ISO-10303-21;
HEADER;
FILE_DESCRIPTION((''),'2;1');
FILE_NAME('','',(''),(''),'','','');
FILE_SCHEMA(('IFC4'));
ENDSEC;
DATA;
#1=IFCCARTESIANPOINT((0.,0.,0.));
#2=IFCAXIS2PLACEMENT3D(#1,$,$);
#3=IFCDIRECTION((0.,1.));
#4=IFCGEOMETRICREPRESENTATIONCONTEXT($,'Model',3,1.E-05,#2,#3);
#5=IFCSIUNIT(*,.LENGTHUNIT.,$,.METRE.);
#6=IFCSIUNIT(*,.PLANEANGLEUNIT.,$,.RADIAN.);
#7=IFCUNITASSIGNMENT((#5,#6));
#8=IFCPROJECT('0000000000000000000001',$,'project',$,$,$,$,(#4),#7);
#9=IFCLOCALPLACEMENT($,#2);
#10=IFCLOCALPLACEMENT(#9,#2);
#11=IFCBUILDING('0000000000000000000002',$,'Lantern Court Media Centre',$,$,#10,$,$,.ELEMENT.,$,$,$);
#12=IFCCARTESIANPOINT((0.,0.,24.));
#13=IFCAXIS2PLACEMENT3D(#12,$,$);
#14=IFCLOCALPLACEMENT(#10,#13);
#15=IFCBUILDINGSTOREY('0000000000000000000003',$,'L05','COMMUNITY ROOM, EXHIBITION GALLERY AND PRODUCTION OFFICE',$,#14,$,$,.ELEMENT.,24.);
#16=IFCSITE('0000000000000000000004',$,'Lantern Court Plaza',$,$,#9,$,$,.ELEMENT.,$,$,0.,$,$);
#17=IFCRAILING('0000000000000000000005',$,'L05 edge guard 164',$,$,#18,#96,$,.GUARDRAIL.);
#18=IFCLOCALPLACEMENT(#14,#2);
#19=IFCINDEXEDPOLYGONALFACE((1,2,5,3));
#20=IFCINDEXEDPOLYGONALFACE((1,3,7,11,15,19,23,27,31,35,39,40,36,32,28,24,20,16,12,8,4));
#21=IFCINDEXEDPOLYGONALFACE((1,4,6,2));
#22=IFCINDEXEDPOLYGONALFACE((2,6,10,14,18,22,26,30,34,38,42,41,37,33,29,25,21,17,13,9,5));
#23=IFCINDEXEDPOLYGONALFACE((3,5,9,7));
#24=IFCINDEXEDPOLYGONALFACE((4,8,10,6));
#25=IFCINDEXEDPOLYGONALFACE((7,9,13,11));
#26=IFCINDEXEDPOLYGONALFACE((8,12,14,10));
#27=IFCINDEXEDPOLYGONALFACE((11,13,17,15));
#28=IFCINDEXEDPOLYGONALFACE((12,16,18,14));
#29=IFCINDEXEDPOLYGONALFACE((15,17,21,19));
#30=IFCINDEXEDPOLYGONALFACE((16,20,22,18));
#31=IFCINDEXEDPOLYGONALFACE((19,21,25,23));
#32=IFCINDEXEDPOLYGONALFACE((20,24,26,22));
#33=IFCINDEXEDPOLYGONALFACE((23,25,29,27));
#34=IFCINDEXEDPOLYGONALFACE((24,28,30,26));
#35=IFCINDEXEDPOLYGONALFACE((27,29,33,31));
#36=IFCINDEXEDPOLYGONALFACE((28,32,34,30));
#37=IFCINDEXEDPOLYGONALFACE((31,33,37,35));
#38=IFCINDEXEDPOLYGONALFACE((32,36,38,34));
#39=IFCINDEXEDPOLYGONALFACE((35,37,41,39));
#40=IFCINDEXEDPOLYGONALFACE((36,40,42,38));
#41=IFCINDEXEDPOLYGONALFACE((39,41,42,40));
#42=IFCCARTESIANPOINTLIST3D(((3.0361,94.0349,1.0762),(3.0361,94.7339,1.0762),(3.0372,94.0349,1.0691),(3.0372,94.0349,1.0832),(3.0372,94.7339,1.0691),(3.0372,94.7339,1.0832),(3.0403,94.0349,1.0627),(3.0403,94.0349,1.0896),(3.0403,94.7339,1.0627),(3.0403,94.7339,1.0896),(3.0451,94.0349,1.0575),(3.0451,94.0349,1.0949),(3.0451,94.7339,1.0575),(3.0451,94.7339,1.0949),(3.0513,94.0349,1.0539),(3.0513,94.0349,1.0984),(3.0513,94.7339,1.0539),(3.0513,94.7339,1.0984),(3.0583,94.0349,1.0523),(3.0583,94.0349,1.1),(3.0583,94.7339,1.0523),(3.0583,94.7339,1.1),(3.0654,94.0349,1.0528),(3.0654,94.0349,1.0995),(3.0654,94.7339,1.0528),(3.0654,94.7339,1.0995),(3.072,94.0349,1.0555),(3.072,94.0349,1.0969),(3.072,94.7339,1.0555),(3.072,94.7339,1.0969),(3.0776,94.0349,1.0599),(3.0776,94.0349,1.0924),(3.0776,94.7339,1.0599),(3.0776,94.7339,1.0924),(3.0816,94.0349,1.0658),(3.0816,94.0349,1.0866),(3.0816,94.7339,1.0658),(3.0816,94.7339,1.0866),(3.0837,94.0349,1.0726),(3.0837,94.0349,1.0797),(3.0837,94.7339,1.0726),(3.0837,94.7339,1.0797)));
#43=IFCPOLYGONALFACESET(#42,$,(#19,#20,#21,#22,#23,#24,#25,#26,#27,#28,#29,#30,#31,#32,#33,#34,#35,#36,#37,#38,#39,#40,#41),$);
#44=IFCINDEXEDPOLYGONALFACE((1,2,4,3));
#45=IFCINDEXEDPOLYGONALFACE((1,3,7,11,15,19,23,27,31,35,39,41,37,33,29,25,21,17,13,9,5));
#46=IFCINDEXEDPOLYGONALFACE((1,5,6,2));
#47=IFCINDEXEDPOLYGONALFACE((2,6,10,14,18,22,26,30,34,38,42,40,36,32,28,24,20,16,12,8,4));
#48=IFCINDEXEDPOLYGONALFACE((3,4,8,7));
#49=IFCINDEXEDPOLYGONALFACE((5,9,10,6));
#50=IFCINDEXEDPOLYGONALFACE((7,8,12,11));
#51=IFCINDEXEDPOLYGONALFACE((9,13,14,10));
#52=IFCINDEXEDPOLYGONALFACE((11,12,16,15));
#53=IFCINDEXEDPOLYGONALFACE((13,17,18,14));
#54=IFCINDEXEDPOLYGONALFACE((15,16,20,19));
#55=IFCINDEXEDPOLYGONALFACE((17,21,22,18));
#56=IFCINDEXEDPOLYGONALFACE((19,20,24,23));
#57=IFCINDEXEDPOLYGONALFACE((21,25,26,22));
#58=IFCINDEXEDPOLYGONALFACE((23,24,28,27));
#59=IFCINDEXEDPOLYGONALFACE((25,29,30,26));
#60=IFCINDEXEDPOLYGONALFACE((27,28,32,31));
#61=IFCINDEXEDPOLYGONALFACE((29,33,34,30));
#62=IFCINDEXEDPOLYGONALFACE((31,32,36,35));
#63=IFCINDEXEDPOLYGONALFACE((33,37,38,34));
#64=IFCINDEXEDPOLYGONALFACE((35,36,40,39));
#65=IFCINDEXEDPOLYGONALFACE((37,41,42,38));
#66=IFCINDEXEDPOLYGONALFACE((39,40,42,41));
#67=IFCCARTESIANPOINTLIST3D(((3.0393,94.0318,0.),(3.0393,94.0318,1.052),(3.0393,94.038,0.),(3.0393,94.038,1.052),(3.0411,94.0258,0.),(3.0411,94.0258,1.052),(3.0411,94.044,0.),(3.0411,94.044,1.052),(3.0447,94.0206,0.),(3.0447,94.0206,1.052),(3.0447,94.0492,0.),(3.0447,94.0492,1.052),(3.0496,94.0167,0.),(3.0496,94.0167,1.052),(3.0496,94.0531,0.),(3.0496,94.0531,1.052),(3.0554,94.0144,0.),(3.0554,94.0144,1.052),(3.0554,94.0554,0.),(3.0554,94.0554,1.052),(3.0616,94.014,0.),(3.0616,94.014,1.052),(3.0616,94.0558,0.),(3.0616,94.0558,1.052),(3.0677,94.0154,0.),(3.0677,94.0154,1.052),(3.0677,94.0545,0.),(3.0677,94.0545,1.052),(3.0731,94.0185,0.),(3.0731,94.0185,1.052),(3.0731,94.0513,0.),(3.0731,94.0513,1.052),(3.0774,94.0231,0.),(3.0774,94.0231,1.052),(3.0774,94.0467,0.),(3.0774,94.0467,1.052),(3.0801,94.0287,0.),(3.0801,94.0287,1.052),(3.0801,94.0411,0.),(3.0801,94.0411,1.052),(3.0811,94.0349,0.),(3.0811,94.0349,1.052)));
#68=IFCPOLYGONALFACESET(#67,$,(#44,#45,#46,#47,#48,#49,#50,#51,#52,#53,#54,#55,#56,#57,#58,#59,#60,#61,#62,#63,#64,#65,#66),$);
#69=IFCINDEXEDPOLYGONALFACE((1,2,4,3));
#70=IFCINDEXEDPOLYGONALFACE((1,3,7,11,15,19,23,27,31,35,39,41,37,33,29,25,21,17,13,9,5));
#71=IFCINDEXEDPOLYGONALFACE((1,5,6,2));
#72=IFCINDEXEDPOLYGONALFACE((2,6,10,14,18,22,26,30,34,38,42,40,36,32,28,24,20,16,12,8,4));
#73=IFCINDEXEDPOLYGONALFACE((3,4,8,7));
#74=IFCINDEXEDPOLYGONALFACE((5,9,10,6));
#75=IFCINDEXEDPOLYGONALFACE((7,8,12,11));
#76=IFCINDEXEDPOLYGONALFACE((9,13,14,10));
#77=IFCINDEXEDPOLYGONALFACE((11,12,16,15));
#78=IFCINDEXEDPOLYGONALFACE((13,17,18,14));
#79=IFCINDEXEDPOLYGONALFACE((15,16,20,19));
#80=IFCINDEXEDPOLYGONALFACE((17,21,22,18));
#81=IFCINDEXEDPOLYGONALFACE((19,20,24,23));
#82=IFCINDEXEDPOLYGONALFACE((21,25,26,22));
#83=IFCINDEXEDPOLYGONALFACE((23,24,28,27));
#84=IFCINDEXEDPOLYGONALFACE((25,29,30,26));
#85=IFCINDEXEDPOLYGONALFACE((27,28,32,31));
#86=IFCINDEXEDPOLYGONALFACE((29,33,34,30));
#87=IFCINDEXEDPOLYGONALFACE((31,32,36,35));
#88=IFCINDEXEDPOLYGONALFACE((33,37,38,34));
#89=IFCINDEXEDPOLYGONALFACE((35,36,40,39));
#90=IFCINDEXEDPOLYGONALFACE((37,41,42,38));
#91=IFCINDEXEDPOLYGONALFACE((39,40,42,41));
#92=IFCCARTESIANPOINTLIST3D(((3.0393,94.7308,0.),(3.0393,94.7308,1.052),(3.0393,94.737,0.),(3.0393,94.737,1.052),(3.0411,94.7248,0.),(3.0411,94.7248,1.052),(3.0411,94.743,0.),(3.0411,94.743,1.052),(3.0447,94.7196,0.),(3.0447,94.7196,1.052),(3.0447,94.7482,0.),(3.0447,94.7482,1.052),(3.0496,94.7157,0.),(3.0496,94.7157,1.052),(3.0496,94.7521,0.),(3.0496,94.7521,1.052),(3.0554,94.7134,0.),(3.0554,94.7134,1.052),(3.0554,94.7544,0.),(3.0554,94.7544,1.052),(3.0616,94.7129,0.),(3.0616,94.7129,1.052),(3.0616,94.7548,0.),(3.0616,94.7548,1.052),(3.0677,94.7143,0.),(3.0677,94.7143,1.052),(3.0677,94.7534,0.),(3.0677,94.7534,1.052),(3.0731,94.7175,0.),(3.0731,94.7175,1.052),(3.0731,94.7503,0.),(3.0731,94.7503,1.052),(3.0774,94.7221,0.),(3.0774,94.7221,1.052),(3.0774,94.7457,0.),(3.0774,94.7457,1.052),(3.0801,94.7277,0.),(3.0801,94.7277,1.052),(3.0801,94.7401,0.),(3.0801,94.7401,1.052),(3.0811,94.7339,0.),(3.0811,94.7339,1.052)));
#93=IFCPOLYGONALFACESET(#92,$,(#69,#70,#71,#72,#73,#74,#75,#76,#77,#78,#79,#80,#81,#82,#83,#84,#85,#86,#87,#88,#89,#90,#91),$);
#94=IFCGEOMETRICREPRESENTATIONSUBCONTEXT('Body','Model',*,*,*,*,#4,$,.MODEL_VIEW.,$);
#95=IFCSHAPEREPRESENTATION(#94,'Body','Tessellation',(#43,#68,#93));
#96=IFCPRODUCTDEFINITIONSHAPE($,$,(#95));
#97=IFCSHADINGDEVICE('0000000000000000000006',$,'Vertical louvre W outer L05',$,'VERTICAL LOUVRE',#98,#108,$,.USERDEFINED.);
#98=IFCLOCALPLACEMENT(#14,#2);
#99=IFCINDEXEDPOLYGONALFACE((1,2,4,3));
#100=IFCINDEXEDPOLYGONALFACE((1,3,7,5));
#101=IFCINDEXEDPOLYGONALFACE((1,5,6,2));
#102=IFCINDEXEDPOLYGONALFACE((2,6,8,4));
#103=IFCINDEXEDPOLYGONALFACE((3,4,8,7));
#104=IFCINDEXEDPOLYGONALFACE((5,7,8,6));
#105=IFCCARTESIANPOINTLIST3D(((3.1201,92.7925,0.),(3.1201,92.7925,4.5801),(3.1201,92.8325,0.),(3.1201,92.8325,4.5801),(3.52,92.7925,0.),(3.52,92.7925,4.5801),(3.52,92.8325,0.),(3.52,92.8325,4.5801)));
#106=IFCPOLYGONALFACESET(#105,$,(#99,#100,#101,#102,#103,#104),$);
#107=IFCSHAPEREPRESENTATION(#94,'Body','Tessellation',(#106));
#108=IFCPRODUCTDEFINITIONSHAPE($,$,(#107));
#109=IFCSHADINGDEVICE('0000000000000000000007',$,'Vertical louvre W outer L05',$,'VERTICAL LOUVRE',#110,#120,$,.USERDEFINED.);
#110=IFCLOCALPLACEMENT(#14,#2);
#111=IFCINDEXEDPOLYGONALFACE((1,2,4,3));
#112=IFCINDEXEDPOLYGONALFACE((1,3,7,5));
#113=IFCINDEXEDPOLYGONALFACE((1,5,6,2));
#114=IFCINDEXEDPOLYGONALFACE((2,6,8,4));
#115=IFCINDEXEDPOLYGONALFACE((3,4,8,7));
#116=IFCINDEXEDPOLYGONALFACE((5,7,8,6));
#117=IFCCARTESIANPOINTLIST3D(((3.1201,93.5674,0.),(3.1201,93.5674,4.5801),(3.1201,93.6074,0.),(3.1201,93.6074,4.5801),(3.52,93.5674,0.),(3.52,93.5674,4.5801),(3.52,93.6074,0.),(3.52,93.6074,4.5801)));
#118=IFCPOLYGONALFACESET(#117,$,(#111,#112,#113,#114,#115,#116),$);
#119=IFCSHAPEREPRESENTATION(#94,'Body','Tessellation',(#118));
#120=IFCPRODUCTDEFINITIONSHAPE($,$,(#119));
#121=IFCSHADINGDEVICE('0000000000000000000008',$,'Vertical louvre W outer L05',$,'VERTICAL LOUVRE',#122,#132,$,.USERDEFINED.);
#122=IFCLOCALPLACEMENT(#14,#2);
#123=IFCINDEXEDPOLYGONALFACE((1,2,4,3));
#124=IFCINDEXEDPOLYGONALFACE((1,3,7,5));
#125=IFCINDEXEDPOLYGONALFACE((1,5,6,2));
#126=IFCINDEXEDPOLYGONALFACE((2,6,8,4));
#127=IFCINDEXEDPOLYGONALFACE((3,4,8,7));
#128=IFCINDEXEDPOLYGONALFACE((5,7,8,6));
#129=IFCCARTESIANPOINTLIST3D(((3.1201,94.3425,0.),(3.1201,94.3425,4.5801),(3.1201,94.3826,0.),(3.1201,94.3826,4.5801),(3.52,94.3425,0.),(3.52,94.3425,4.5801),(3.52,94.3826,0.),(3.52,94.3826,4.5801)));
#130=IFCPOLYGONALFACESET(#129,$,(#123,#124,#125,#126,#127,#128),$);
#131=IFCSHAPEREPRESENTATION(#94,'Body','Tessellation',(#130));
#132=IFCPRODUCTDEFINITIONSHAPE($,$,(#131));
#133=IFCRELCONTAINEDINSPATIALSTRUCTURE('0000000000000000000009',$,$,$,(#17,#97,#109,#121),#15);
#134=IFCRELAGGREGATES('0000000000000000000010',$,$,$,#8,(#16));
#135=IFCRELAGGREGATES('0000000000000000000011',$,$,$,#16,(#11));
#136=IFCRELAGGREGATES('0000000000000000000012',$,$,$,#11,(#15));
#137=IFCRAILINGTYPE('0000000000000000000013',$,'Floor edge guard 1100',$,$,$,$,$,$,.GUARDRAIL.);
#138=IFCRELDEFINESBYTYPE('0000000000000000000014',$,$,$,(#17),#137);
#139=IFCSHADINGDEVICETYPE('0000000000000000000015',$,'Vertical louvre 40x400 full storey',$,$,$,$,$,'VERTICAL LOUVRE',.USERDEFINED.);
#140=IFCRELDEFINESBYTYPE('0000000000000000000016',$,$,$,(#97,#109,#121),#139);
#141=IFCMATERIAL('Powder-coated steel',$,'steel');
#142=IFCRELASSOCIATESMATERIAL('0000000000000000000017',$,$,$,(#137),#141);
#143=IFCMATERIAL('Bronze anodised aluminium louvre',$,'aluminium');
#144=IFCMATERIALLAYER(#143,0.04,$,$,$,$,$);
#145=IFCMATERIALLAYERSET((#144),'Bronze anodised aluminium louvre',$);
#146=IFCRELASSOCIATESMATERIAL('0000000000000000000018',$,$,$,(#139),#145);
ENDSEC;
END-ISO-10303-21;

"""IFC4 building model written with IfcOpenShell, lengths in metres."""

from ifc_helpers import new_model, si_unit, direction, frame, origin, origin_2d, place, context, subcontext, project, spatial, rectangle, circle, extrude, material, layer, layer_set, type_object, element, save


model = new_model("IFC4")

# Units and contexts
model_context = context("Model", 3, precision=1e-05, world=origin(), true_north=direction((0.0, 1.0)))
body_context = subcontext(model_context, "Body", "Model", "MODEL_VIEW")
ifc_project = project(units=[si_unit("LENGTHUNIT", "METRE"), si_unit("PLANEANGLEUNIT", "RADIAN")], contexts=[model_context])

# Site, building, storey
site_placement = place(None, origin())
site = spatial("IfcSite", under=ifc_project, at=site_placement, Name="Lantern Court Plaza", CompositionType="ELEMENT", RefElevation=0.0)
building_placement = place(site_placement, origin())
building = spatial("IfcBuilding", under=site, at=building_placement, Name="Lantern Court Media Centre", CompositionType="ELEMENT")
storey_placement = place(building_placement, frame((0.0, 0.0, 24.0)))
storey = spatial("IfcBuildingStorey", under=building, at=storey_placement, Name="L05", Description="COMMUNITY ROOM, EXHIBITION GALLERY AND PRODUCTION OFFICE", CompositionType="ELEMENT", Elevation=24.0)

# Railing
ifc_material_1 = material(Name="Powder-coated steel", Category="steel")
railing_type = type_object("IfcRailingType", Name="Floor edge guard 1100", PredefinedType="GUARDRAIL", material=ifc_material_1)
railing_placement = place(storey_placement, frame((3.0601, 94.0349, 0.0)))
element("IfcRailing", 1, at=railing_placement, inside=storey, type_object=railing_type, Name="L05 edge guard 164", PredefinedType="GUARDRAIL", context=body_context, shape_type="SweptSolid", body=[
    extrude(circle(Radius=0.0239, at=origin_2d()), frame((0.0, 0.0, 1.0762), z_axis=(0.0, 1.0, 0.0), x_axis=(-1.0, 0.0, 0.0)), (0.0, 0.0, 1.0), 0.699),
    extrude(circle(Radius=0.021, at=origin_2d()), origin(), (0.0, 0.0, 1.0), 1.052),
    extrude(circle(Radius=0.021, at=origin_2d()), frame((0.0, 0.699, 0.0)), (0.0, 0.0, 1.0), 1.052),
])

# Shading devices
ifc_material_2 = material(Name="Bronze anodised aluminium louvre", Category="aluminium")
ifc_layer_1 = layer(ifc_material_2, 0.04)
ifc_layer_set_1 = layer_set([ifc_layer_1], Name="Bronze anodised aluminium louvre")
shading_device_type = type_object("IfcShadingDeviceType", Name="Vertical louvre 40x400 full storey", ElementType="VERTICAL LOUVRE", PredefinedType="USERDEFINED", material=ifc_layer_set_1)
for number, where, z_axis, x_axis, name in (
    (2, (3.3201, 92.8125, 0.0), (0.0, 0.0, 1.0), (1.0, 0.0, 0.0), "Vertical louvre W outer L05"),
    (3, (3.3201, 93.5874, 0.0), (0.0, 0.0, 1.0), (1.0, 0.0, 0.0), "Vertical louvre W outer L05"),
    (4, (3.3201, 94.3625, 0.0), (0.0, 0.0, 1.0), (1.0, 0.0, 0.0), "Vertical louvre W outer L05"),
):
    element("IfcShadingDevice", number, at=place(storey_placement, frame(where, z_axis=z_axis, x_axis=x_axis)), inside=storey, type_object=shading_device_type, Name=name, ObjectType="VERTICAL LOUVRE", PredefinedType="USERDEFINED", context=body_context, shape_type="SweptSolid", body=[
        extrude(rectangle(XDim=0.3999, YDim=0.04, at=origin_2d()), origin(), (0.0, 0.0, 1.0), 4.5801),
    ])

save(model, "model.ifc")
